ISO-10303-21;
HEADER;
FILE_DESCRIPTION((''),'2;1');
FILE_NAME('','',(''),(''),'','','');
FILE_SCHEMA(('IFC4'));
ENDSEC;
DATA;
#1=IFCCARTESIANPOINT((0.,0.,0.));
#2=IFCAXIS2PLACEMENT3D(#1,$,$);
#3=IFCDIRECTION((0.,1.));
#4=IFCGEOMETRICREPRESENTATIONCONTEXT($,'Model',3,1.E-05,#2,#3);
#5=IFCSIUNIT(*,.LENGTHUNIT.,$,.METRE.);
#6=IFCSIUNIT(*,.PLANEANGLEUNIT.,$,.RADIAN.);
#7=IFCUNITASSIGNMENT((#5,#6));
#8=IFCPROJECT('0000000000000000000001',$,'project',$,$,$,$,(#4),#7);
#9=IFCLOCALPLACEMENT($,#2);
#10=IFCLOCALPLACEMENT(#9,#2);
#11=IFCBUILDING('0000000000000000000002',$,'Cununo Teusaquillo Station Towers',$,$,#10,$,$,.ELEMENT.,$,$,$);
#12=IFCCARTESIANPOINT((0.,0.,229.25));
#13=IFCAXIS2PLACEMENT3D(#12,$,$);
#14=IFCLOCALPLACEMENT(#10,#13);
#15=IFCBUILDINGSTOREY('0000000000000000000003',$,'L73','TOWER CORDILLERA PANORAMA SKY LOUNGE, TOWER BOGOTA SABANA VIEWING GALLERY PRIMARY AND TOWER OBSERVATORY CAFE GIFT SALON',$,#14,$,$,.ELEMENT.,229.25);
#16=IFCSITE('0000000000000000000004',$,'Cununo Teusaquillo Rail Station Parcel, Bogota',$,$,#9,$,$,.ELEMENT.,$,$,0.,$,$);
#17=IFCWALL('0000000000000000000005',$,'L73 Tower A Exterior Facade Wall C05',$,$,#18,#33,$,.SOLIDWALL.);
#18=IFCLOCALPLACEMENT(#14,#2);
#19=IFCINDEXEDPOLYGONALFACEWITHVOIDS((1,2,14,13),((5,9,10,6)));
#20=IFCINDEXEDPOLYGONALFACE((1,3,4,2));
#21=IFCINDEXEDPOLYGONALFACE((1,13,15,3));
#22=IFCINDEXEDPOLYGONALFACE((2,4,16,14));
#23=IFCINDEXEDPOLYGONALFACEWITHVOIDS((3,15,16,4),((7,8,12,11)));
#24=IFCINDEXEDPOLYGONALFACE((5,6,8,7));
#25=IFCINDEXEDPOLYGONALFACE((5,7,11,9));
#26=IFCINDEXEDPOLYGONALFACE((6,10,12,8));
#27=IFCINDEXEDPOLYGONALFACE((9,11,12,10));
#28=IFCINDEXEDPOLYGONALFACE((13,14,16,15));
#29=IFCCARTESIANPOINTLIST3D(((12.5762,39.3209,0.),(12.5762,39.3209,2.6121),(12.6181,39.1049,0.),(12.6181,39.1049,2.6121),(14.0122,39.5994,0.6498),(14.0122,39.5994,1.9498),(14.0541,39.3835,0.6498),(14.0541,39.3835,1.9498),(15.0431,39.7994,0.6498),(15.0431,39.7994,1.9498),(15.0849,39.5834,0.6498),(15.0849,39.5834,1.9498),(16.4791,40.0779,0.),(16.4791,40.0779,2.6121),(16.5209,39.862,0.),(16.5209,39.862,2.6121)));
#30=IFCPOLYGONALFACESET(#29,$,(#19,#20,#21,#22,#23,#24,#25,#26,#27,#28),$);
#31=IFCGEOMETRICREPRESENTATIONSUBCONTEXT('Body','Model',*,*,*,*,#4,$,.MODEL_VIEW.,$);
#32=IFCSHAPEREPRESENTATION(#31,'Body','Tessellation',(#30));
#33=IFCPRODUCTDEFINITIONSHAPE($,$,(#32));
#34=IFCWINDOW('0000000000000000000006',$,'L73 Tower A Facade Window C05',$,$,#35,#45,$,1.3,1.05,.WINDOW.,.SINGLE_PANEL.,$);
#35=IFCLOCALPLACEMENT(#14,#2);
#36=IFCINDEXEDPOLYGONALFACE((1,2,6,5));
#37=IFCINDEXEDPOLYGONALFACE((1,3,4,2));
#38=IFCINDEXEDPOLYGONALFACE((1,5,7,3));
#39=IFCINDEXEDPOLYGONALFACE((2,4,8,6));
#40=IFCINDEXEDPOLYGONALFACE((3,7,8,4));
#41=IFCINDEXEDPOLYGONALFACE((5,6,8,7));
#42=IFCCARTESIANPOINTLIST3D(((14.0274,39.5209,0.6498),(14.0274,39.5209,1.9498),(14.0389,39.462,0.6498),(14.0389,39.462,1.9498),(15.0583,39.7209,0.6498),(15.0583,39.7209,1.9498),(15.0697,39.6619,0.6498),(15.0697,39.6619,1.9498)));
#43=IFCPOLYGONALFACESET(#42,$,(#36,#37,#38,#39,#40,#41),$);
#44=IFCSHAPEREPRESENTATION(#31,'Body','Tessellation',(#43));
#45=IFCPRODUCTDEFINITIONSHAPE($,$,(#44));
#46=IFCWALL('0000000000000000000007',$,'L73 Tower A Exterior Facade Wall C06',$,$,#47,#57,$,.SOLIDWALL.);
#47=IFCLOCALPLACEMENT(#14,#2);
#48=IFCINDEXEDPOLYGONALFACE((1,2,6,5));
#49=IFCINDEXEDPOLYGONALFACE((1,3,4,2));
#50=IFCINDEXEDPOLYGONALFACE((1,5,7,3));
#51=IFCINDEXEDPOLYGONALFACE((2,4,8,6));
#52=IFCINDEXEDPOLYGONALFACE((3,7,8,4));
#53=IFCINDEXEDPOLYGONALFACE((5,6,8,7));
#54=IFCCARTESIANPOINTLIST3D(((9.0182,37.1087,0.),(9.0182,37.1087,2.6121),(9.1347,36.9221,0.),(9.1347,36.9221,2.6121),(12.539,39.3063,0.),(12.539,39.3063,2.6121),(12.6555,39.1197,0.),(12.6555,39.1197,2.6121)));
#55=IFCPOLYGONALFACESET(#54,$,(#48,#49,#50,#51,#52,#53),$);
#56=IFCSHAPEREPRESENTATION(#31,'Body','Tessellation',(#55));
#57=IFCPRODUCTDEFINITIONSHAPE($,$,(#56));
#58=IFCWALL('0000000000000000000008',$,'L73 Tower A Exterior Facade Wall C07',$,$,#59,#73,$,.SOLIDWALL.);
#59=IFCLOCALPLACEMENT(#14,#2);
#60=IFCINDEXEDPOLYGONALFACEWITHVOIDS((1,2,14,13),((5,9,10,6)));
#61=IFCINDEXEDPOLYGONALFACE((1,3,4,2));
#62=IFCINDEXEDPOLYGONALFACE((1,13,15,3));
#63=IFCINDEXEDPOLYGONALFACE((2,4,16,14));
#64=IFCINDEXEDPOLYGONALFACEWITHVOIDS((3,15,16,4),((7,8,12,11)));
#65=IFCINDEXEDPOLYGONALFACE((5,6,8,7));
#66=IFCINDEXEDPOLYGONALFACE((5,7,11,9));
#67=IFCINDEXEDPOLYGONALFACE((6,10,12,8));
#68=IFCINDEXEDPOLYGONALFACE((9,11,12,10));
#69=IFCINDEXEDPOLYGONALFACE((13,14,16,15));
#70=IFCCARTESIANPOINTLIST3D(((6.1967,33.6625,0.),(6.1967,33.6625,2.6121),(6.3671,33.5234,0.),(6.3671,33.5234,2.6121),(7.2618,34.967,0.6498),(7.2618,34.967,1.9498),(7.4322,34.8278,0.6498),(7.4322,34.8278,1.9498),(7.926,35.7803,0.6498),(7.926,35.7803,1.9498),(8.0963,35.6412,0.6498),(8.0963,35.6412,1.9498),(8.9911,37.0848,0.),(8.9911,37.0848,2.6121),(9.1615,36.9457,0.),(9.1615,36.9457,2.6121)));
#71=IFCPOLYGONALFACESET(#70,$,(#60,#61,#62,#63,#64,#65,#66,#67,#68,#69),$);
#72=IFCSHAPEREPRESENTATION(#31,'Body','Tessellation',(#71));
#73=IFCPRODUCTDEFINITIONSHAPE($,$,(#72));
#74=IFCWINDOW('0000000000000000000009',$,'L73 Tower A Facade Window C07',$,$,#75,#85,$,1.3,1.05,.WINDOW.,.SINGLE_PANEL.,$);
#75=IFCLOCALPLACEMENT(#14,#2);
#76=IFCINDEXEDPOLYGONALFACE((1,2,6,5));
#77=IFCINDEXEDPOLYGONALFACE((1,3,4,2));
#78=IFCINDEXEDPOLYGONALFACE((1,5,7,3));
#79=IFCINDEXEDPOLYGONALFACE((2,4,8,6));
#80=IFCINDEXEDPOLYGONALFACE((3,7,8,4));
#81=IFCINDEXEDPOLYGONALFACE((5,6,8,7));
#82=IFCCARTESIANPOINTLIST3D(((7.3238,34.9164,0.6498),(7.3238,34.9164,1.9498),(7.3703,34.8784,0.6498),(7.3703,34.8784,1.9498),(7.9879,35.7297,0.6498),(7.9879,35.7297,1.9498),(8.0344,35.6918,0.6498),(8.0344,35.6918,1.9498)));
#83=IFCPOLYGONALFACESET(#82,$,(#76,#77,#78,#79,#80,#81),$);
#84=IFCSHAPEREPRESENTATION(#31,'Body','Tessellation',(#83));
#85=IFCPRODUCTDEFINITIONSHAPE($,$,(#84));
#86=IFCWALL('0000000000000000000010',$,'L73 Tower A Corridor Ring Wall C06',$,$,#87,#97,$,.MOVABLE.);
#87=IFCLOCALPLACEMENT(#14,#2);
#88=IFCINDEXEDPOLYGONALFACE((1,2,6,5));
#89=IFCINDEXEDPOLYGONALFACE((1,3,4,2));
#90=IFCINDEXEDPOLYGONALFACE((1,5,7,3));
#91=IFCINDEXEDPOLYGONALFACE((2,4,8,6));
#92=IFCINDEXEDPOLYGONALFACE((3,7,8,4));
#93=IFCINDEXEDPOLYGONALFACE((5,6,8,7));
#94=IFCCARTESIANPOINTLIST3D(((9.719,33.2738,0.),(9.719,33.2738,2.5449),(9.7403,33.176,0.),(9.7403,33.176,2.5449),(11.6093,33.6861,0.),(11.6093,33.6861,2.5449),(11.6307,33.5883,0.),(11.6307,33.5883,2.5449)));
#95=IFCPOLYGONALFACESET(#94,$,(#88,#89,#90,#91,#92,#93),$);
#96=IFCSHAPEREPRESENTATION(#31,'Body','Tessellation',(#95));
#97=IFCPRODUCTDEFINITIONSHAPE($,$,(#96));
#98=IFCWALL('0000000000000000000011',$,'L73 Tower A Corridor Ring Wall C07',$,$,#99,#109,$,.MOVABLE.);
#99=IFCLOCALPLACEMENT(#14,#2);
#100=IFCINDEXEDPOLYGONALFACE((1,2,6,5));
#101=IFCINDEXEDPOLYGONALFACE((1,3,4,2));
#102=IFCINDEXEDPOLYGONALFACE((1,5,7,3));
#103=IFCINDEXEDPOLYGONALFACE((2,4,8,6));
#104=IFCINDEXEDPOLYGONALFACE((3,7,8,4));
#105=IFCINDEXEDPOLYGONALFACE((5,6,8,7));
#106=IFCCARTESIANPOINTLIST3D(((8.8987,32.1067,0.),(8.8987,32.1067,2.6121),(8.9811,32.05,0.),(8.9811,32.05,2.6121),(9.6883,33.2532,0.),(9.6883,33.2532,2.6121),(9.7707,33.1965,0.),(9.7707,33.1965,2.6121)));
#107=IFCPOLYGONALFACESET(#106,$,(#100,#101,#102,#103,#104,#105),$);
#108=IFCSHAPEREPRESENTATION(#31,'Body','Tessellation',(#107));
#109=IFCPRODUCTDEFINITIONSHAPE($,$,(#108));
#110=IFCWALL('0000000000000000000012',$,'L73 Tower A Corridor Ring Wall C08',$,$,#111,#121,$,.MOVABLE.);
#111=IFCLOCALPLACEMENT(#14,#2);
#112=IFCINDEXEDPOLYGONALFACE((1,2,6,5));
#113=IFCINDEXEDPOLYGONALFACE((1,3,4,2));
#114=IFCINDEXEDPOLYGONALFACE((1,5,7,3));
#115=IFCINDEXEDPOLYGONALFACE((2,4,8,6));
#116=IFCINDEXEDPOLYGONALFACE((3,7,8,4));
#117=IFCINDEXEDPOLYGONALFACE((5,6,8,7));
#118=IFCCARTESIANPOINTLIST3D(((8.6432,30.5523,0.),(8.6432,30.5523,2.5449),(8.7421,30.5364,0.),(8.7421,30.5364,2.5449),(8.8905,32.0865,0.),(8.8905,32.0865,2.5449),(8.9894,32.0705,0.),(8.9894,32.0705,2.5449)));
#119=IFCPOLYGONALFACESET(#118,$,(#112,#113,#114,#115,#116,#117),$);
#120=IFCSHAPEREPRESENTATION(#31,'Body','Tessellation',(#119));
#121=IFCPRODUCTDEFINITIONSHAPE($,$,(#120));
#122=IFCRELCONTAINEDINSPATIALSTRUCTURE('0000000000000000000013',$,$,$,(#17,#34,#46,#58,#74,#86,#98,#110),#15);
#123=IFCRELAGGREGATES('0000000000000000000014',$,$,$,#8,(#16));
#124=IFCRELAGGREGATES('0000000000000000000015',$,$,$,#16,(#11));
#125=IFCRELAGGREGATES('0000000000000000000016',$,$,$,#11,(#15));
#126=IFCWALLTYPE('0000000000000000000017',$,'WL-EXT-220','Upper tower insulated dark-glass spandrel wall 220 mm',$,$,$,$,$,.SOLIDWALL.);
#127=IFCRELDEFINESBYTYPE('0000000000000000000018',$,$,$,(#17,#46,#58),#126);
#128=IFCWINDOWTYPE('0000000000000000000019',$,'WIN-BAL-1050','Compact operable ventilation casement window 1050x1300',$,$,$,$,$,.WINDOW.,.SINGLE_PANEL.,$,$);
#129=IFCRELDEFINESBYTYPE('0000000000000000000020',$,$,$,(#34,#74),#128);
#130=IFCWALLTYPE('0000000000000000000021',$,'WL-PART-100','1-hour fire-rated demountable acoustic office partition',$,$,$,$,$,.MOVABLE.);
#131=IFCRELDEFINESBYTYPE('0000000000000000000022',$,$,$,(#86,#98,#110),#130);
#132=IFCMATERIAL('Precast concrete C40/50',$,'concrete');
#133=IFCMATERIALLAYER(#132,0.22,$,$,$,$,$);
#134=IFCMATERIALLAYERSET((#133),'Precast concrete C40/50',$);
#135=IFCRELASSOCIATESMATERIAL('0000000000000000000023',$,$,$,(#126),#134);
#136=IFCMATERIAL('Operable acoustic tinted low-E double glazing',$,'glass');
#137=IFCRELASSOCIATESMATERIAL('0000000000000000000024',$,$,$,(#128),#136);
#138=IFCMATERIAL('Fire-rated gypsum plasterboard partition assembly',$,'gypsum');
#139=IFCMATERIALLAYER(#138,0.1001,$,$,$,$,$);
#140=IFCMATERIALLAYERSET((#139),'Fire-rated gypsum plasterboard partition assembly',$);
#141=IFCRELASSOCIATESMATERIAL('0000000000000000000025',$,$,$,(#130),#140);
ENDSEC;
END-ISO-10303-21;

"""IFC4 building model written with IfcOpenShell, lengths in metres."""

from ifc_helpers import new_model, si_unit, direction, frame, frame_2d, origin, place, context, subcontext, project, spatial, rectangle, extrude, source, transform, mapped, material, layer, layer_set, type_object, element, fill, save


model = new_model("IFC4")

# Units and contexts
model_context = context("Model", 3, precision=1e-05, world=origin(), true_north=direction((0.0, 1.0)))
body_context = subcontext(model_context, "Body", "Model", "MODEL_VIEW")
ifc_project = project(units=[si_unit("LENGTHUNIT", "METRE"), si_unit("PLANEANGLEUNIT", "RADIAN")], contexts=[model_context])

# Site, building, storey
site_placement = place(None, origin())
site = spatial("IfcSite", under=ifc_project, at=site_placement, Name="Cununo Teusaquillo Rail Station Parcel, Bogota", CompositionType="ELEMENT", RefElevation=0.0)
building_placement = place(site_placement, origin())
building = spatial("IfcBuilding", under=site, at=building_placement, Name="Cununo Teusaquillo Station Towers", CompositionType="ELEMENT")
storey_placement = place(building_placement, frame((0.0, 0.0, 229.25)))
storey = spatial("IfcBuildingStorey", under=building, at=storey_placement, Name="L73", Description="TOWER CORDILLERA PANORAMA SKY LOUNGE, TOWER BOGOTA SABANA VIEWING GALLERY PRIMARY AND TOWER OBSERVATORY CAFE GIFT SALON", CompositionType="ELEMENT", Elevation=229.25)

# Wall, opening, window
ifc_material_1 = material(Name="Precast concrete C40/50", Category="concrete")
ifc_layer_1 = layer(ifc_material_1, 0.22)
ifc_layer_set_1 = layer_set([ifc_layer_1], Name="Precast concrete C40/50")
wall_type_1 = type_object("IfcWallType", Name="WL-EXT-220", Description="Upper tower insulated dark-glass spandrel wall 220 mm", PredefinedType="SOLIDWALL", material=ifc_layer_set_1)
wall_1_placement = place(storey_placement, frame((12.5972, 39.2129, 0.0), z_axis=(0.0, 0.0, 1.0), x_axis=(0.9817, 0.190432, 0.0)))
wall_1 = element("IfcWall", 1, at=wall_1_placement, inside=storey, type_object=wall_type_1, Name="L73 Tower A Exterior Facade Wall C05", PredefinedType="SOLIDWALL", context=body_context, shape_type="SweptSolid", body=[
    extrude(rectangle(XDim=3.9756, YDim=0.22, at=frame_2d((1.9878, 0.0))), origin(), (0.0, 0.0, 1.0), 2.6121),
])
shared_shape_1 = source(origin(), body_context, "Body", "SweptSolid", [
    extrude(rectangle(XDim=1.05, YDim=1.3, at=frame_2d((0.5249, 0.6499))), frame((0.0, 0.1199, 0.0), z_axis=(0.0, -1.0, 0.0), x_axis=(1.0, 0.0, 0.0)), (0.0, 0.0, 1.0), 0.24),
])
opening_1_placement = place(wall_1_placement, frame((1.4629, 0.0, 0.6499)))
opening_1 = element("IfcOpeningElement", 2, at=opening_1_placement, cuts=wall_1, PredefinedType="OPENING", context=body_context, shape_type="MappedRepresentation", body=[
    mapped(shared_shape_1, transform((0.0, 0.0, 0.0), x_axis=(1.0, 0.0, 0.0), y_axis=(0.0, 1.0, 0.0), z_axis=(0.0, 0.0, 1.0), scale=1.0)),
])
ifc_material_2 = material(Name="Operable acoustic tinted low-E double glazing", Category="glass")
window_type = type_object("IfcWindowType", Name="WIN-BAL-1050", Description="Compact operable ventilation casement window 1050x1300", PartitioningType="SINGLE_PANEL", PredefinedType="WINDOW", material=ifc_material_2)
shared_shape_2 = source(origin(), body_context, "Body", "SweptSolid", [
    extrude(rectangle(XDim=1.05, YDim=1.3, at=frame_2d((0.5249, 0.6499))), frame((0.0, 0.03, 0.0), z_axis=(0.0, -1.0, 0.0), x_axis=(1.0, 0.0, 0.0)), (0.0, 0.0, 1.0), 0.0601),
])
window_1_placement = place(opening_1_placement, origin())
window_1 = element("IfcWindow", 3, at=window_1_placement, inside=storey, type_object=window_type, Name="L73 Tower A Facade Window C05", OverallHeight=1.3, OverallWidth=1.05, PartitioningType="SINGLE_PANEL", PredefinedType="WINDOW", context=body_context, shape_type="MappedRepresentation", body=[
    mapped(shared_shape_2, transform((0.0, 0.0, 0.0), x_axis=(1.0, 0.0, 0.0), y_axis=(0.0, 1.0, 0.0), z_axis=(0.0, 0.0, 1.0), scale=1.0)),
])
fill(opening_1, window_1)

# Wall
wall_2_placement = place(storey_placement, frame((9.0764, 37.0154, 0.0), z_axis=(0.0, 0.0, 1.0), x_axis=(0.848319, 0.529486, 0.0)))
element("IfcWall", 4, at=wall_2_placement, inside=storey, type_object=wall_type_1, Name="L73 Tower A Exterior Facade Wall C06", PredefinedType="SOLIDWALL", context=body_context, shape_type="SweptSolid", body=[
    extrude(rectangle(XDim=4.1504, YDim=0.22, at=frame_2d((2.0752, 0.0))), origin(), (0.0, 0.0, 1.0), 2.6121),
])

# Wall, opening, window
wall_3_placement = place(storey_placement, frame((6.282, 33.593, 0.0), z_axis=(0.0, 0.0, 1.0), x_axis=(0.632467, 0.774587, 0.0)))
wall_3 = element("IfcWall", 5, at=wall_3_placement, inside=storey, type_object=wall_type_1, Name="L73 Tower A Exterior Facade Wall C07", PredefinedType="SOLIDWALL", context=body_context, shape_type="SweptSolid", body=[
    extrude(rectangle(XDim=4.4182, YDim=0.22, at=frame_2d((2.209, 0.0))), origin(), (0.0, 0.0, 1.0), 2.6121),
])
opening_2_placement = place(wall_3_placement, frame((1.6841, 0.0, 0.6499)))
opening_2 = element("IfcOpeningElement", 6, at=opening_2_placement, cuts=wall_3, PredefinedType="OPENING", context=body_context, shape_type="MappedRepresentation", body=[
    mapped(shared_shape_1, transform((0.0, 0.0, 0.0), x_axis=(1.0, 0.0, 0.0), y_axis=(0.0, 1.0, 0.0), z_axis=(0.0, 0.0, 1.0), scale=1.0)),
])
window_2_placement = place(opening_2_placement, origin())
window_2 = element("IfcWindow", 7, at=window_2_placement, inside=storey, type_object=window_type, Name="L73 Tower A Facade Window C07", OverallHeight=1.3, OverallWidth=1.05, PartitioningType="SINGLE_PANEL", PredefinedType="WINDOW", context=body_context, shape_type="MappedRepresentation", body=[
    mapped(shared_shape_2, transform((0.0, 0.0, 0.0), x_axis=(1.0, 0.0, 0.0), y_axis=(0.0, 1.0, 0.0), z_axis=(0.0, 0.0, 1.0), scale=1.0)),
])
fill(opening_2, window_2)

# Walls
ifc_material_3 = material(Name="Fire-rated gypsum plasterboard partition assembly", Category="gypsum")
ifc_layer_2 = layer(ifc_material_3, 0.1001)
ifc_layer_set_2 = layer_set([ifc_layer_2], Name="Fire-rated gypsum plasterboard partition assembly")
wall_type_2 = type_object("IfcWallType", Name="WL-PART-100", Description="1-hour fire-rated demountable acoustic office partition", PredefinedType="MOVABLE", material=ifc_layer_set_2)
wall_4_placement = place(storey_placement, frame((11.6199, 33.6372, 0.0), z_axis=(0.0, 0.0, 1.0), x_axis=(-0.977026, -0.213121, 0.0)))
element("IfcWall", 8, at=wall_4_placement, inside=storey, type_object=wall_type_2, Name="L73 Tower A Corridor Ring Wall C06", PredefinedType="MOVABLE", context=body_context, shape_type="SweptSolid", body=[
    extrude(rectangle(XDim=1.9348, YDim=0.1001, at=frame_2d((0.9673, 0.0))), origin(), (0.0, 0.0, 1.0), 2.5449),
])
wall_5_placement = place(storey_placement, frame((9.7295, 33.2249, 0.0), z_axis=(0.0, 0.0, 1.0), x_axis=(-0.567184, -0.823591, 0.0)))
element("IfcWall", 9, at=wall_5_placement, inside=storey, type_object=wall_type_2, Name="L73 Tower A Corridor Ring Wall C07", PredefinedType="MOVABLE", context=body_context, shape_type="SweptSolid", body=[
    extrude(rectangle(XDim=1.3921, YDim=0.1001, at=frame_2d((0.696, 0.0))), origin(), (0.0, 0.0, 1.0), 2.6121),
])
wall_6_placement = place(storey_placement, frame((8.9399, 32.0784, 0.0), z_axis=(0.0, 0.0, 1.0), x_axis=(-0.159148, -0.987255, 0.0)))
element("IfcWall", 10, at=wall_6_placement, inside=storey, type_object=wall_type_2, Name="L73 Tower A Corridor Ring Wall C08", PredefinedType="MOVABLE", context=body_context, shape_type="SweptSolid", body=[
    extrude(rectangle(XDim=1.554, YDim=0.1001, at=frame_2d((0.7769, 0.0))), origin(), (0.0, 0.0, 1.0), 2.5449),
])

save(model, "model.ifc")
